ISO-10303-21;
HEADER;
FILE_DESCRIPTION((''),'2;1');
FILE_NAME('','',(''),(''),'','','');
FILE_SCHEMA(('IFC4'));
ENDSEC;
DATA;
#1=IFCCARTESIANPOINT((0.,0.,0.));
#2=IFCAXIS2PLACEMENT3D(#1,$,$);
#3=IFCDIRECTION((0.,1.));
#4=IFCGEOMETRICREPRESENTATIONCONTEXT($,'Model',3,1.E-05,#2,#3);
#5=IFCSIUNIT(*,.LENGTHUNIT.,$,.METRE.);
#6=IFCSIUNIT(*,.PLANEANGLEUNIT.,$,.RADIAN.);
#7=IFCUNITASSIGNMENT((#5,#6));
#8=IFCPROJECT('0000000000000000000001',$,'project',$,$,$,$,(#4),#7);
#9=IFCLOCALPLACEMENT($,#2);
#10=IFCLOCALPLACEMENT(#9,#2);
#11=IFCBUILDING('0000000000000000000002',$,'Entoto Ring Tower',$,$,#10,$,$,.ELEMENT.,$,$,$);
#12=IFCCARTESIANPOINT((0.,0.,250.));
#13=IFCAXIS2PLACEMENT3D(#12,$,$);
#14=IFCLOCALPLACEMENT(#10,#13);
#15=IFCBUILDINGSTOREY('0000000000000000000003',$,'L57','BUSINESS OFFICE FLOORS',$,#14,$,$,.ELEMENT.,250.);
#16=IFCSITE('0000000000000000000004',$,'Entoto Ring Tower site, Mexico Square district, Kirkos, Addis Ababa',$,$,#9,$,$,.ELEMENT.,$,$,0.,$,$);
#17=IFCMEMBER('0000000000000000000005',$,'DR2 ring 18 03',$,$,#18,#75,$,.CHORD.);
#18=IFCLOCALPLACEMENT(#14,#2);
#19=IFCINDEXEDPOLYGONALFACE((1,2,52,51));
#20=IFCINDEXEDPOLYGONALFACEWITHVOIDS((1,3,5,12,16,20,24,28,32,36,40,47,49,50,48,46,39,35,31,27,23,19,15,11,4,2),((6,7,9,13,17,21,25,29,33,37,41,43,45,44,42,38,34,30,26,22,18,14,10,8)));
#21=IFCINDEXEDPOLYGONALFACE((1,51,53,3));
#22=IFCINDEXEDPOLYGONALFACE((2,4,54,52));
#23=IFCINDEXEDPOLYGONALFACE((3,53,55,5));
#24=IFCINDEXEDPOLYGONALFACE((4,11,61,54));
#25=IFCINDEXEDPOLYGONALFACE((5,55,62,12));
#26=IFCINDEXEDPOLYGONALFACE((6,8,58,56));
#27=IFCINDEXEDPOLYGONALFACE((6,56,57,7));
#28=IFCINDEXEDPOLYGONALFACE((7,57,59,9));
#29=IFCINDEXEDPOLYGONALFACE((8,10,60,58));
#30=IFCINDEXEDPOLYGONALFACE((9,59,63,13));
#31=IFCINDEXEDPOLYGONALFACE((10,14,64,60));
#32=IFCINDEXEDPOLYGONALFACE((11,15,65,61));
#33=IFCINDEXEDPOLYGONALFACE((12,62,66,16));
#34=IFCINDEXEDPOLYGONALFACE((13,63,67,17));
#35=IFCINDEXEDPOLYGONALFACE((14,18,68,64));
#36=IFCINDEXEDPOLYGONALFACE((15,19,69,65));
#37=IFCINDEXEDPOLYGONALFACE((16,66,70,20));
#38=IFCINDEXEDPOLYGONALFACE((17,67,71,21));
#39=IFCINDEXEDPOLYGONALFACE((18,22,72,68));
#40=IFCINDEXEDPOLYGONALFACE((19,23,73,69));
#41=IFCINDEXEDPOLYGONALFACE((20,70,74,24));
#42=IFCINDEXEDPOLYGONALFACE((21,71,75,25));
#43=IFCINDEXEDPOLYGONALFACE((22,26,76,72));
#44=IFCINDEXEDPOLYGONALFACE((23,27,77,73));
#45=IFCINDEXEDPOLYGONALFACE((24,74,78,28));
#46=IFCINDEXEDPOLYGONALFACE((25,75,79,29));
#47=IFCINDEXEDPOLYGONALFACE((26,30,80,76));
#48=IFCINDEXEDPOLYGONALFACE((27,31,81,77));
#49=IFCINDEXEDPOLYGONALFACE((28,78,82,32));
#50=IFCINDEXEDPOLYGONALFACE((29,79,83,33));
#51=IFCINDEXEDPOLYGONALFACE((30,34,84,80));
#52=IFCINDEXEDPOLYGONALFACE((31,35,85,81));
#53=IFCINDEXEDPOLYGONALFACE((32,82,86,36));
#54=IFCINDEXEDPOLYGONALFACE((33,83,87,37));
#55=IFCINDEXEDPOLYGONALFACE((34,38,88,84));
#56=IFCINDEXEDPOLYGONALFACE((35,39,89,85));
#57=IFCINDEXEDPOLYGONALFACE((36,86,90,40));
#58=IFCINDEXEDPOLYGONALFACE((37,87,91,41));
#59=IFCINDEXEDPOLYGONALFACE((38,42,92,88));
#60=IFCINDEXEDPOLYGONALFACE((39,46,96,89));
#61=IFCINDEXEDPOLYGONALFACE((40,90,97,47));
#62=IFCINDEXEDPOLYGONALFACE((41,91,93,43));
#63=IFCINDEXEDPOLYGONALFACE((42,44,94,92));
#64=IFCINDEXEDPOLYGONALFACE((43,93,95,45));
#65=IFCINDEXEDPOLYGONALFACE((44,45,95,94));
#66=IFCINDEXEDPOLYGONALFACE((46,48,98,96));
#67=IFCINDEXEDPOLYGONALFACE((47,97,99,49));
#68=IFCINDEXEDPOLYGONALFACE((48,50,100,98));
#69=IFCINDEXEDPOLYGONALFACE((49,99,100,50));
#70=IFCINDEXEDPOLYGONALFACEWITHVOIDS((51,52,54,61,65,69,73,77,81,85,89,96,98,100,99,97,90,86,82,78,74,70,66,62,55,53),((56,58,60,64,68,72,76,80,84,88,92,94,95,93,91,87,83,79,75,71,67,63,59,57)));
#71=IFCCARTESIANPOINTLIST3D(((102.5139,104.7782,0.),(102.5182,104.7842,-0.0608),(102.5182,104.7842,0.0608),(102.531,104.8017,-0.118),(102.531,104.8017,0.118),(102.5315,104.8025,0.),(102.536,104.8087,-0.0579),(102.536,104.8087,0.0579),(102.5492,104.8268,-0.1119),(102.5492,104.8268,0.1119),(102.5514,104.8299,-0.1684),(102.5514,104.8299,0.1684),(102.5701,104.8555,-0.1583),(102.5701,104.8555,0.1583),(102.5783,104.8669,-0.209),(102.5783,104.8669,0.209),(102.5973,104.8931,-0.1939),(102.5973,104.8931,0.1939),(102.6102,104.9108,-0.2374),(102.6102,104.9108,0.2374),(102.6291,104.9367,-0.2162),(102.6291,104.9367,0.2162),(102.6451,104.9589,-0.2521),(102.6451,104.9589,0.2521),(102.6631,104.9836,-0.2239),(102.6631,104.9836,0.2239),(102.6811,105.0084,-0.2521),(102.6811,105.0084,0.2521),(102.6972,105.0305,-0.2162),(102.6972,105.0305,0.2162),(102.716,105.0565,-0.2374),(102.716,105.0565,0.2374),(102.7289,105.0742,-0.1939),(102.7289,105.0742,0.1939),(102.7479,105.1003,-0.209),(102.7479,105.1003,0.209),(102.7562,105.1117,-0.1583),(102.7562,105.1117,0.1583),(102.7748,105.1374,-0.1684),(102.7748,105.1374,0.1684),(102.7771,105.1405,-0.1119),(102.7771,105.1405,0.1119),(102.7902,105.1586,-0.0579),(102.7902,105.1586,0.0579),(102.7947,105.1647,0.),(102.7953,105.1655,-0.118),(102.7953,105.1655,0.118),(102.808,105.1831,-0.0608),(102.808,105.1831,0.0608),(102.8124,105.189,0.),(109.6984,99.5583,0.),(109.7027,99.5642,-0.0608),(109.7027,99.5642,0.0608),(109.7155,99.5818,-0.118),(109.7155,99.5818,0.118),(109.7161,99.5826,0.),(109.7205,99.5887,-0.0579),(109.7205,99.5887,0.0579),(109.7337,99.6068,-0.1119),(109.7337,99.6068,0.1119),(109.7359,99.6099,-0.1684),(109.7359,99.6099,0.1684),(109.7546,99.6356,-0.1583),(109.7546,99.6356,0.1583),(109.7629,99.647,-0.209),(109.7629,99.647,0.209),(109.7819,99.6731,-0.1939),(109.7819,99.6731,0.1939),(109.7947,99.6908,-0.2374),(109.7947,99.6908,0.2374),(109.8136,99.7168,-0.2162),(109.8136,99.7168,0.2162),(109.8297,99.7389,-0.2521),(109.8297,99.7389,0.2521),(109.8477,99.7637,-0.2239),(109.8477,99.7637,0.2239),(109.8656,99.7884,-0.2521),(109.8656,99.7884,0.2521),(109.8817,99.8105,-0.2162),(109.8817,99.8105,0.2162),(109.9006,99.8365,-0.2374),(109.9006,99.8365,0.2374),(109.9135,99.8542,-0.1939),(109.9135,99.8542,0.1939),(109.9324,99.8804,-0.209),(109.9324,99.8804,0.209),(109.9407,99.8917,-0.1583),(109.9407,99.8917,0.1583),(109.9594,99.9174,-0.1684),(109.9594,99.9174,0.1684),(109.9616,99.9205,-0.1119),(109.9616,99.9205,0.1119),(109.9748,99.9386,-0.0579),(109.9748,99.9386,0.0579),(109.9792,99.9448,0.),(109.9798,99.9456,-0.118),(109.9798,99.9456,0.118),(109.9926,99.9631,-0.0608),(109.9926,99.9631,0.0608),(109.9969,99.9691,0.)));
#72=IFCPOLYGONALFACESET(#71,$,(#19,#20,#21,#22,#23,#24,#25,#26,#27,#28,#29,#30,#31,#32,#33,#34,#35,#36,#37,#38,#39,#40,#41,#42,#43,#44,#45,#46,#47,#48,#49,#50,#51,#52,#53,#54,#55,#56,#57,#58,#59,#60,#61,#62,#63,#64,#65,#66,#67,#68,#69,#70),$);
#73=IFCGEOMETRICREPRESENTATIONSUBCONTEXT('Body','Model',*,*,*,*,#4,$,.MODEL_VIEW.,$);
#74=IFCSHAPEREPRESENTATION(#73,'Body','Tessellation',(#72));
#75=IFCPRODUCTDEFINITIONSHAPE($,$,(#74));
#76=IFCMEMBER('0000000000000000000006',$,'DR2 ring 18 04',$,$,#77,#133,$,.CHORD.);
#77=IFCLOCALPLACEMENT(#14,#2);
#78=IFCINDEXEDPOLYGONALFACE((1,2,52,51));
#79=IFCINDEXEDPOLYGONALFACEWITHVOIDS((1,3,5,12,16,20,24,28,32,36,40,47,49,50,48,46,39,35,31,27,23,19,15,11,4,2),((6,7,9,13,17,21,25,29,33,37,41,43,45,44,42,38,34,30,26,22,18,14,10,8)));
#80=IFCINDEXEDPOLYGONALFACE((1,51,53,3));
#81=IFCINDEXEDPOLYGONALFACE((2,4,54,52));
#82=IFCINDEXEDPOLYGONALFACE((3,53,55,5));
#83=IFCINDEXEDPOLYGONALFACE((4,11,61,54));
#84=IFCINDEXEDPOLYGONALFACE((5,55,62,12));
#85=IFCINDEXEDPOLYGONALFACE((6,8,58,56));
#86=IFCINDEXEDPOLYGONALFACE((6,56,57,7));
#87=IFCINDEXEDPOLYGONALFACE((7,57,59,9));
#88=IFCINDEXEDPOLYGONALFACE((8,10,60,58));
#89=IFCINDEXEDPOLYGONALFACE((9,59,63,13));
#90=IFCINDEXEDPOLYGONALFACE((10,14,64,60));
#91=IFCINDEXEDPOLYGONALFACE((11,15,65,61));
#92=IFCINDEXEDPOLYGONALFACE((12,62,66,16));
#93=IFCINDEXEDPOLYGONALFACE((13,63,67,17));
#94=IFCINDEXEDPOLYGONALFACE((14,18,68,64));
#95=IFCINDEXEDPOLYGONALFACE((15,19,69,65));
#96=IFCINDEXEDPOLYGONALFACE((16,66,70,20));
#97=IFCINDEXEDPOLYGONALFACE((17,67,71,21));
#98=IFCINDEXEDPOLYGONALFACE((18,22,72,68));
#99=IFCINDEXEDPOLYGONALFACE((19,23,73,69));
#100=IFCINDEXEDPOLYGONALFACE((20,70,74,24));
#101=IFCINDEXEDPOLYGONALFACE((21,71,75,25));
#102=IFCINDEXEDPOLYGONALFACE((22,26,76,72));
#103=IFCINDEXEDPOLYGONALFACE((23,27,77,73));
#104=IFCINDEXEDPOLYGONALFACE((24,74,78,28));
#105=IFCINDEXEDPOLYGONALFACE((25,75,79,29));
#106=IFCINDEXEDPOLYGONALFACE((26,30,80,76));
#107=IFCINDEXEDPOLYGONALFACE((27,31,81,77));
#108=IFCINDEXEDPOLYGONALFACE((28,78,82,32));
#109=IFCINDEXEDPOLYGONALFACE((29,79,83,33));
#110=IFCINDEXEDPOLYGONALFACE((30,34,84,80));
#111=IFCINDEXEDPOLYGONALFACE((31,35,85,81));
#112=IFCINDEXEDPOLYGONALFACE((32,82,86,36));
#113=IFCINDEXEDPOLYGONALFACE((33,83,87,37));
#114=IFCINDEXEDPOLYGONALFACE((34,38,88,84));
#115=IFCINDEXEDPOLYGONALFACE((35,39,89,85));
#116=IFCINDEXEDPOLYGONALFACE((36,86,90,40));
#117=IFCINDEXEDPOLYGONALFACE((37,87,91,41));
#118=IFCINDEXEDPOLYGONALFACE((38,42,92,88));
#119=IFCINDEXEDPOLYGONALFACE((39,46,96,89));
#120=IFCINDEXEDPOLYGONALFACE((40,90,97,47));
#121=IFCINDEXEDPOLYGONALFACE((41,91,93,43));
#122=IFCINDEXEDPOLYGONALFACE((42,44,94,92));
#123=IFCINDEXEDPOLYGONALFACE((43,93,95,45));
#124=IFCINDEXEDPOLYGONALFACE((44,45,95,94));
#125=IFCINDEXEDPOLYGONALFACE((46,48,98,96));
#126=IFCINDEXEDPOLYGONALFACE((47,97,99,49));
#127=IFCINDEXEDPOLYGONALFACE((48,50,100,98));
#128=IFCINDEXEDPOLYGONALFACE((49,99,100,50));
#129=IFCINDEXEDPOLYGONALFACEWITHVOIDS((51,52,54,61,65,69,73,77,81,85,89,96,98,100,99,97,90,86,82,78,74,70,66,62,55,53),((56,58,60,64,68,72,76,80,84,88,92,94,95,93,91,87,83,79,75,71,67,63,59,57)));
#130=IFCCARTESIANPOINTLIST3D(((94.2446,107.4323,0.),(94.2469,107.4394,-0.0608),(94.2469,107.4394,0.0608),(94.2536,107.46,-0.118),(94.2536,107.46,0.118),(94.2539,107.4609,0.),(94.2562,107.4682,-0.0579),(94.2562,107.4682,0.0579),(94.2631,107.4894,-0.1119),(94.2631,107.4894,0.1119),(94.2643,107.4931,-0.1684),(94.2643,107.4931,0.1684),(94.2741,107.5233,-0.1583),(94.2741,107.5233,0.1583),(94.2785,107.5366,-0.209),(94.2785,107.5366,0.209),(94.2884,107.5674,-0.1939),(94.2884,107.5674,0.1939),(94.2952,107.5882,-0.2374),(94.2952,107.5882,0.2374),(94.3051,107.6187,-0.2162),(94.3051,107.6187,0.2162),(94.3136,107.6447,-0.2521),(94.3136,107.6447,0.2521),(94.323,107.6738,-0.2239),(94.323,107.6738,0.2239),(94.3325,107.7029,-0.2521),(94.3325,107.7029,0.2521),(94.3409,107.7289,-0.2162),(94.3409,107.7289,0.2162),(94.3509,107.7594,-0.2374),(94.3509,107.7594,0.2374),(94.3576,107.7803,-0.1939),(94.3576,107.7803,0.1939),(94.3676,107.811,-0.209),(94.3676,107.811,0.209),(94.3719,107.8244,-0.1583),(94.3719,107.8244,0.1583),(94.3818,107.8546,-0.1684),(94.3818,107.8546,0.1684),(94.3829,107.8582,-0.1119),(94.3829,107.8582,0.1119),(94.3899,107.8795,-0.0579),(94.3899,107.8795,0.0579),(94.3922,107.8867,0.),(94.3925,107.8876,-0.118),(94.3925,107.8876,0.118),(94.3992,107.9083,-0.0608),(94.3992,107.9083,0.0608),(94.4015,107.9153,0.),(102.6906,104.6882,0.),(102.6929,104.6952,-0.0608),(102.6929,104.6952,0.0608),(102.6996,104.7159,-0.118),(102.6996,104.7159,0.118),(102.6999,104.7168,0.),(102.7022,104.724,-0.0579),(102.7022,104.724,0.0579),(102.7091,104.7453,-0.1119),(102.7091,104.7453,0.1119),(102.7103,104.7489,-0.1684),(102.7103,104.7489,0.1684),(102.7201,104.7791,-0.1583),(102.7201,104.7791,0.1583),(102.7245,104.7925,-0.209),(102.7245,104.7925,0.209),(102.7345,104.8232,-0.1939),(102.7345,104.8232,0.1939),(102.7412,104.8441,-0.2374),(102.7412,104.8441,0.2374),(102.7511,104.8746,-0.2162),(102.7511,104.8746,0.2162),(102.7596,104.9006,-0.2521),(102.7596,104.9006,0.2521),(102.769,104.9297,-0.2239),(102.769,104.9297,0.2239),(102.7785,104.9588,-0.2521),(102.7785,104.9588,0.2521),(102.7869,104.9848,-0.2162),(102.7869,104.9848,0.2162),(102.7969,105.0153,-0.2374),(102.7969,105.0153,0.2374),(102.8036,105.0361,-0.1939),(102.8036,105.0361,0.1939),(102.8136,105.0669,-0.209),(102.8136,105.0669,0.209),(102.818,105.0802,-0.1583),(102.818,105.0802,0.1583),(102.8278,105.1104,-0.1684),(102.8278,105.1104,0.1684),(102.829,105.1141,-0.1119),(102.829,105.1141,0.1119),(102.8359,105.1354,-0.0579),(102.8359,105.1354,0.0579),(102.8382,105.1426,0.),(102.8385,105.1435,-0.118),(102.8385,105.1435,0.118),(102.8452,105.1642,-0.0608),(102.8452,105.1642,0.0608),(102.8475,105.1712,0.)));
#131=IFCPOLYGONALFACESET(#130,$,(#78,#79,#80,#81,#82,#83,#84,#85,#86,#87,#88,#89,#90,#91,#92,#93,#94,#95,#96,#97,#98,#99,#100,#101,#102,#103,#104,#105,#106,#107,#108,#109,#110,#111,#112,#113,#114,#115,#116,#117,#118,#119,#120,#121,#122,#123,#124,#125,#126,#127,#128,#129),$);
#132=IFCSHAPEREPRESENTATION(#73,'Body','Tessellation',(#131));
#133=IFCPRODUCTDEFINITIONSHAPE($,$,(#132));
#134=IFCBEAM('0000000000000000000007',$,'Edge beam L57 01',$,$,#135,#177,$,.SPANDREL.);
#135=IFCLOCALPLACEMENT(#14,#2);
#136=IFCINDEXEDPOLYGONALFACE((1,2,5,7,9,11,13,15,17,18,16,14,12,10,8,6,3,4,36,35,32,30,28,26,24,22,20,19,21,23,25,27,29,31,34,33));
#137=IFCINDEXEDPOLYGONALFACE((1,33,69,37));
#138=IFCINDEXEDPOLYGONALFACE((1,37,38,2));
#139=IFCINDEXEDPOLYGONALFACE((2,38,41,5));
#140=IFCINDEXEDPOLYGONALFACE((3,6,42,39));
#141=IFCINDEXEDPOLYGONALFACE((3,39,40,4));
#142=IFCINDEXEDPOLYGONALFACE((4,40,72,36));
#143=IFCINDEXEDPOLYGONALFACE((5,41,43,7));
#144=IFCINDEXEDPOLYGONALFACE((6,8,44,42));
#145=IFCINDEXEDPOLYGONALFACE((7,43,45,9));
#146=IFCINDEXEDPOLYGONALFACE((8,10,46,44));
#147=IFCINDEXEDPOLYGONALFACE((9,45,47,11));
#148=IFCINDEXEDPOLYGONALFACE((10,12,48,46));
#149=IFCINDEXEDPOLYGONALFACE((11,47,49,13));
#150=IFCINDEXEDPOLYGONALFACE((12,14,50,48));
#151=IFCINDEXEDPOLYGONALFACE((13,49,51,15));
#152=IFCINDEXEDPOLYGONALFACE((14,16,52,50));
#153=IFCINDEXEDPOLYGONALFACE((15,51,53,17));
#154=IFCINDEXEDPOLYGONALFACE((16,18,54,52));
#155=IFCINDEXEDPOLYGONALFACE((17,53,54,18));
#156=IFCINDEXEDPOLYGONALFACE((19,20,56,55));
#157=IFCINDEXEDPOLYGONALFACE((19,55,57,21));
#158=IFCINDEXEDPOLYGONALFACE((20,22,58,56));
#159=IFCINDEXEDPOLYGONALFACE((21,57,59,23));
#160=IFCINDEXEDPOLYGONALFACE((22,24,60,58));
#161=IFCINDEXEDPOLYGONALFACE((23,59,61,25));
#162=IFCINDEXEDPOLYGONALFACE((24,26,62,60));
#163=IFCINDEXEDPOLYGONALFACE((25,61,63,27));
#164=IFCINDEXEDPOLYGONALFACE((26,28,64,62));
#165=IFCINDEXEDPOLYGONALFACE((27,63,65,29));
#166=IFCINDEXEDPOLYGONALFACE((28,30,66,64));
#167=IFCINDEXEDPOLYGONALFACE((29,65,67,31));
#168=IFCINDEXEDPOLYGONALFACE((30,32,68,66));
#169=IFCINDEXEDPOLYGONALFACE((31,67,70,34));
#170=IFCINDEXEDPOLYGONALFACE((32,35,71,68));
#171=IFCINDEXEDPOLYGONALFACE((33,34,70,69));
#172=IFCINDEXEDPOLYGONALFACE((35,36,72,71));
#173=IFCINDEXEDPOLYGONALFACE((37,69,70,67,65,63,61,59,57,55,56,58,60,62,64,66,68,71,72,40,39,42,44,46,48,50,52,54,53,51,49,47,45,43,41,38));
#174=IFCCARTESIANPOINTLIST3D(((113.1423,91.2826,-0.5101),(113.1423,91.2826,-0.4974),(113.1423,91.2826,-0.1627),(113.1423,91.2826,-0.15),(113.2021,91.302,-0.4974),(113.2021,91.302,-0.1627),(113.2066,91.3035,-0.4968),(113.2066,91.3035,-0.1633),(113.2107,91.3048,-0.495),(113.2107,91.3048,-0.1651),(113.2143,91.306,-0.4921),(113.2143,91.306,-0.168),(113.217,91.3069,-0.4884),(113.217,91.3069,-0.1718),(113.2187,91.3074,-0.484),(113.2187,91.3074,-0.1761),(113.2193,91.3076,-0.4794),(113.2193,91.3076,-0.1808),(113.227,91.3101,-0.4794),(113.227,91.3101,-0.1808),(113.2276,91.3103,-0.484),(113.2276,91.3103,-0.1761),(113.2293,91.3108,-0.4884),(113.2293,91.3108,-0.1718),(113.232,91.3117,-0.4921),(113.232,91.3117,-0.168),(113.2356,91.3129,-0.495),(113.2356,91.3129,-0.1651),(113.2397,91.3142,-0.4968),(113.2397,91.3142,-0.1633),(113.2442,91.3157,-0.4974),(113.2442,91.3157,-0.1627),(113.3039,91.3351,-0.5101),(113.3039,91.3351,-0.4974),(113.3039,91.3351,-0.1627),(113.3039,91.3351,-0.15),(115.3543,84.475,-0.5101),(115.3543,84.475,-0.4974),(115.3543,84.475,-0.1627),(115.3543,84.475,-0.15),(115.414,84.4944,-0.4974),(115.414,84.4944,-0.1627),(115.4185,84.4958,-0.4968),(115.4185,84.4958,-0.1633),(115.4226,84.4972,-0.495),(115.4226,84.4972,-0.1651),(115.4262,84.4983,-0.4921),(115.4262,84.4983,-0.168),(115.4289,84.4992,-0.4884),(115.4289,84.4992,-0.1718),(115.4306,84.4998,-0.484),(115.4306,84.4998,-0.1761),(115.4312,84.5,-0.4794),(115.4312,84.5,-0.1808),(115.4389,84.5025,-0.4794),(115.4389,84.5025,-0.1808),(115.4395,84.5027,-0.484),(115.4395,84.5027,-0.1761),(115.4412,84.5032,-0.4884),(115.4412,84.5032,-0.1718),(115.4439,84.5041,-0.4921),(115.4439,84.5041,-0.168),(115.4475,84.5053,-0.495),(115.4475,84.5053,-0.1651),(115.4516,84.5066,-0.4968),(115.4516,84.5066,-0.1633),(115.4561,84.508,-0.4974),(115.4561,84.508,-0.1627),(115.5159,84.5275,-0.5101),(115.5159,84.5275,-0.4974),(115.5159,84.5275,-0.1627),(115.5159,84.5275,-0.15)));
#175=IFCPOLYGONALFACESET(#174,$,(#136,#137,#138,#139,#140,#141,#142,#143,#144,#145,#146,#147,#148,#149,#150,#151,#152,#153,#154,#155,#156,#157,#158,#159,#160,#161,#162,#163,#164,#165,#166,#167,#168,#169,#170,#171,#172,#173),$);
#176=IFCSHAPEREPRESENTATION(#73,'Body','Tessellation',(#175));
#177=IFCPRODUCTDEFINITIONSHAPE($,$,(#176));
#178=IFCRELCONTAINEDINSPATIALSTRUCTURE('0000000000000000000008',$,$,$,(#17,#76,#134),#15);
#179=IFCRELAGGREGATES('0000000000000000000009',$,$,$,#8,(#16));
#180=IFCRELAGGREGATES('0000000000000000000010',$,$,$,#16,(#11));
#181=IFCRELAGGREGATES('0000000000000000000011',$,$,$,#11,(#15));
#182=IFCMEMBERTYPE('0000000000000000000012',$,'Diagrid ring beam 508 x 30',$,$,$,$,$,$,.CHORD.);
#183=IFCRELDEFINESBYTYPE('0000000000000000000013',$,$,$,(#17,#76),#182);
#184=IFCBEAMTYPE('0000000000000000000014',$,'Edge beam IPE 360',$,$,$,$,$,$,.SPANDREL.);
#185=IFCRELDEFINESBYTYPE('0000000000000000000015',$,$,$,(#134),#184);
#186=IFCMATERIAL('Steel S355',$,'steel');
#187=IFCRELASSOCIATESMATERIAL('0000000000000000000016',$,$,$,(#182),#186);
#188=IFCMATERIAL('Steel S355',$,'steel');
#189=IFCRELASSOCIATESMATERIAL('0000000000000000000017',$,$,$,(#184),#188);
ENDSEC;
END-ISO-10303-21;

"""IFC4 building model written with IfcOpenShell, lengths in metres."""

from ifc_helpers import new_model, si_unit, direction, frame, origin, origin_2d, place, context, subcontext, project, spatial, circle, hollow_circle, i_section, extrude, material, material_profile, profile_set, type_object, element, save


model = new_model("IFC4")

# Units and contexts
model_context = context("Model", 3, precision=1e-05, world=origin(), true_north=direction((0.0, 1.0)))
body_context = subcontext(model_context, "Body", "Model", "MODEL_VIEW")
ifc_project = project(units=[si_unit("LENGTHUNIT", "METRE"), si_unit("PLANEANGLEUNIT", "RADIAN")], contexts=[model_context])

# Site, building, storey
site_placement = place(None, origin())
site = spatial("IfcSite", under=ifc_project, at=site_placement, Name="Entoto Ring Tower site, Mexico Square district, Kirkos, Addis Ababa", CompositionType="ELEMENT", RefElevation=0.0)
building_placement = place(site_placement, origin())
building = spatial("IfcBuilding", under=site, at=building_placement, Name="Entoto Ring Tower", CompositionType="ELEMENT")
storey_placement = place(building_placement, frame((0.0, 0.0, 250.0)))
storey = spatial("IfcBuildingStorey", under=building, at=storey_placement, Name="L57", Description="BUSINESS OFFICE FLOORS", CompositionType="ELEMENT", Elevation=250.0)

# Members
ifc_material_1 = material(Name="Steel S355", Category="steel")
ifc_material_profile_1 = material_profile(ifc_material_1, hollow_circle(Radius=0.2539, WallThickness=0.03, at=origin_2d()), Name="CHS 508 x 30")
ifc_material_2 = material(Name="Concrete C60/75", Category="concrete")
ifc_material_profile_2 = material_profile(ifc_material_2, circle(Radius=0.2241, at=origin_2d()), Name="Concrete C60/75 infill")
ifc_profile_set_1 = profile_set([ifc_material_profile_1, ifc_material_profile_2], Name="Steel S355")
member_type_1 = type_object("IfcMemberType", Name="Diagrid ring beam 508 x 30", PredefinedType="CHORD", material=ifc_profile_set_1)
for number, where, z_axis, x_axis, name in (
    (1, (109.8477, 99.7637, 0.0), (-0.809013, 0.587791, 0.0), (-0.587791, -0.809013, 0.0), "DR2 ring 18 03"),
    (2, (102.769, 104.9297, 0.0), (-0.951061, 0.309002, 0.0), (-0.309002, -0.951061, 0.0), "DR2 ring 18 04"),
):
    element("IfcMember", number, at=place(storey_placement, frame(where, z_axis=z_axis, x_axis=x_axis)), inside=storey, type_object=member_type_1, Name=name, PredefinedType="CHORD", context=body_context, shape_type="SweptSolid", body=[
        extrude(hollow_circle(Radius=0.2539, WallThickness=0.03, at=origin_2d()), origin(), (0.0, 0.0, 1.0), 8.8806),
    ])

# Beam
ifc_material_3 = material(Name="Steel S355", Category="steel")
ifc_material_profile_3 = material_profile(ifc_material_3, i_section(OverallWidth=0.1699, OverallDepth=0.3601, WebThickness=0.0081, FlangeThickness=0.0127, FilletRadius=0.0181, at=origin_2d()), Name="IPE 360")
ifc_profile_set_2 = profile_set([ifc_material_profile_3], Name="Steel S355")
beam_type_1 = type_object("IfcBeamType", Name="Edge beam IPE 360", PredefinedType="SPANDREL", material=ifc_profile_set_2)
beam_1_placement = place(storey_placement, frame((115.4351, 84.5012, -0.3301), z_axis=(-0.309015, 0.951057, 0.0), x_axis=(-0.951057, -0.309015, 0.0)))
element("IfcBeam", 3, at=beam_1_placement, inside=storey, type_object=beam_type_1, Name="Edge beam L57 01", PredefinedType="SPANDREL", context=body_context, shape_type="SweptSolid", body=[
    extrude(i_section(OverallWidth=0.1699, OverallDepth=0.3601, WebThickness=0.0081, FlangeThickness=0.0127, FilletRadius=0.0181, at=origin_2d()), origin(), (0.0, 0.0, 1.0), 7.158),
])

save(model, "model.ifc")
